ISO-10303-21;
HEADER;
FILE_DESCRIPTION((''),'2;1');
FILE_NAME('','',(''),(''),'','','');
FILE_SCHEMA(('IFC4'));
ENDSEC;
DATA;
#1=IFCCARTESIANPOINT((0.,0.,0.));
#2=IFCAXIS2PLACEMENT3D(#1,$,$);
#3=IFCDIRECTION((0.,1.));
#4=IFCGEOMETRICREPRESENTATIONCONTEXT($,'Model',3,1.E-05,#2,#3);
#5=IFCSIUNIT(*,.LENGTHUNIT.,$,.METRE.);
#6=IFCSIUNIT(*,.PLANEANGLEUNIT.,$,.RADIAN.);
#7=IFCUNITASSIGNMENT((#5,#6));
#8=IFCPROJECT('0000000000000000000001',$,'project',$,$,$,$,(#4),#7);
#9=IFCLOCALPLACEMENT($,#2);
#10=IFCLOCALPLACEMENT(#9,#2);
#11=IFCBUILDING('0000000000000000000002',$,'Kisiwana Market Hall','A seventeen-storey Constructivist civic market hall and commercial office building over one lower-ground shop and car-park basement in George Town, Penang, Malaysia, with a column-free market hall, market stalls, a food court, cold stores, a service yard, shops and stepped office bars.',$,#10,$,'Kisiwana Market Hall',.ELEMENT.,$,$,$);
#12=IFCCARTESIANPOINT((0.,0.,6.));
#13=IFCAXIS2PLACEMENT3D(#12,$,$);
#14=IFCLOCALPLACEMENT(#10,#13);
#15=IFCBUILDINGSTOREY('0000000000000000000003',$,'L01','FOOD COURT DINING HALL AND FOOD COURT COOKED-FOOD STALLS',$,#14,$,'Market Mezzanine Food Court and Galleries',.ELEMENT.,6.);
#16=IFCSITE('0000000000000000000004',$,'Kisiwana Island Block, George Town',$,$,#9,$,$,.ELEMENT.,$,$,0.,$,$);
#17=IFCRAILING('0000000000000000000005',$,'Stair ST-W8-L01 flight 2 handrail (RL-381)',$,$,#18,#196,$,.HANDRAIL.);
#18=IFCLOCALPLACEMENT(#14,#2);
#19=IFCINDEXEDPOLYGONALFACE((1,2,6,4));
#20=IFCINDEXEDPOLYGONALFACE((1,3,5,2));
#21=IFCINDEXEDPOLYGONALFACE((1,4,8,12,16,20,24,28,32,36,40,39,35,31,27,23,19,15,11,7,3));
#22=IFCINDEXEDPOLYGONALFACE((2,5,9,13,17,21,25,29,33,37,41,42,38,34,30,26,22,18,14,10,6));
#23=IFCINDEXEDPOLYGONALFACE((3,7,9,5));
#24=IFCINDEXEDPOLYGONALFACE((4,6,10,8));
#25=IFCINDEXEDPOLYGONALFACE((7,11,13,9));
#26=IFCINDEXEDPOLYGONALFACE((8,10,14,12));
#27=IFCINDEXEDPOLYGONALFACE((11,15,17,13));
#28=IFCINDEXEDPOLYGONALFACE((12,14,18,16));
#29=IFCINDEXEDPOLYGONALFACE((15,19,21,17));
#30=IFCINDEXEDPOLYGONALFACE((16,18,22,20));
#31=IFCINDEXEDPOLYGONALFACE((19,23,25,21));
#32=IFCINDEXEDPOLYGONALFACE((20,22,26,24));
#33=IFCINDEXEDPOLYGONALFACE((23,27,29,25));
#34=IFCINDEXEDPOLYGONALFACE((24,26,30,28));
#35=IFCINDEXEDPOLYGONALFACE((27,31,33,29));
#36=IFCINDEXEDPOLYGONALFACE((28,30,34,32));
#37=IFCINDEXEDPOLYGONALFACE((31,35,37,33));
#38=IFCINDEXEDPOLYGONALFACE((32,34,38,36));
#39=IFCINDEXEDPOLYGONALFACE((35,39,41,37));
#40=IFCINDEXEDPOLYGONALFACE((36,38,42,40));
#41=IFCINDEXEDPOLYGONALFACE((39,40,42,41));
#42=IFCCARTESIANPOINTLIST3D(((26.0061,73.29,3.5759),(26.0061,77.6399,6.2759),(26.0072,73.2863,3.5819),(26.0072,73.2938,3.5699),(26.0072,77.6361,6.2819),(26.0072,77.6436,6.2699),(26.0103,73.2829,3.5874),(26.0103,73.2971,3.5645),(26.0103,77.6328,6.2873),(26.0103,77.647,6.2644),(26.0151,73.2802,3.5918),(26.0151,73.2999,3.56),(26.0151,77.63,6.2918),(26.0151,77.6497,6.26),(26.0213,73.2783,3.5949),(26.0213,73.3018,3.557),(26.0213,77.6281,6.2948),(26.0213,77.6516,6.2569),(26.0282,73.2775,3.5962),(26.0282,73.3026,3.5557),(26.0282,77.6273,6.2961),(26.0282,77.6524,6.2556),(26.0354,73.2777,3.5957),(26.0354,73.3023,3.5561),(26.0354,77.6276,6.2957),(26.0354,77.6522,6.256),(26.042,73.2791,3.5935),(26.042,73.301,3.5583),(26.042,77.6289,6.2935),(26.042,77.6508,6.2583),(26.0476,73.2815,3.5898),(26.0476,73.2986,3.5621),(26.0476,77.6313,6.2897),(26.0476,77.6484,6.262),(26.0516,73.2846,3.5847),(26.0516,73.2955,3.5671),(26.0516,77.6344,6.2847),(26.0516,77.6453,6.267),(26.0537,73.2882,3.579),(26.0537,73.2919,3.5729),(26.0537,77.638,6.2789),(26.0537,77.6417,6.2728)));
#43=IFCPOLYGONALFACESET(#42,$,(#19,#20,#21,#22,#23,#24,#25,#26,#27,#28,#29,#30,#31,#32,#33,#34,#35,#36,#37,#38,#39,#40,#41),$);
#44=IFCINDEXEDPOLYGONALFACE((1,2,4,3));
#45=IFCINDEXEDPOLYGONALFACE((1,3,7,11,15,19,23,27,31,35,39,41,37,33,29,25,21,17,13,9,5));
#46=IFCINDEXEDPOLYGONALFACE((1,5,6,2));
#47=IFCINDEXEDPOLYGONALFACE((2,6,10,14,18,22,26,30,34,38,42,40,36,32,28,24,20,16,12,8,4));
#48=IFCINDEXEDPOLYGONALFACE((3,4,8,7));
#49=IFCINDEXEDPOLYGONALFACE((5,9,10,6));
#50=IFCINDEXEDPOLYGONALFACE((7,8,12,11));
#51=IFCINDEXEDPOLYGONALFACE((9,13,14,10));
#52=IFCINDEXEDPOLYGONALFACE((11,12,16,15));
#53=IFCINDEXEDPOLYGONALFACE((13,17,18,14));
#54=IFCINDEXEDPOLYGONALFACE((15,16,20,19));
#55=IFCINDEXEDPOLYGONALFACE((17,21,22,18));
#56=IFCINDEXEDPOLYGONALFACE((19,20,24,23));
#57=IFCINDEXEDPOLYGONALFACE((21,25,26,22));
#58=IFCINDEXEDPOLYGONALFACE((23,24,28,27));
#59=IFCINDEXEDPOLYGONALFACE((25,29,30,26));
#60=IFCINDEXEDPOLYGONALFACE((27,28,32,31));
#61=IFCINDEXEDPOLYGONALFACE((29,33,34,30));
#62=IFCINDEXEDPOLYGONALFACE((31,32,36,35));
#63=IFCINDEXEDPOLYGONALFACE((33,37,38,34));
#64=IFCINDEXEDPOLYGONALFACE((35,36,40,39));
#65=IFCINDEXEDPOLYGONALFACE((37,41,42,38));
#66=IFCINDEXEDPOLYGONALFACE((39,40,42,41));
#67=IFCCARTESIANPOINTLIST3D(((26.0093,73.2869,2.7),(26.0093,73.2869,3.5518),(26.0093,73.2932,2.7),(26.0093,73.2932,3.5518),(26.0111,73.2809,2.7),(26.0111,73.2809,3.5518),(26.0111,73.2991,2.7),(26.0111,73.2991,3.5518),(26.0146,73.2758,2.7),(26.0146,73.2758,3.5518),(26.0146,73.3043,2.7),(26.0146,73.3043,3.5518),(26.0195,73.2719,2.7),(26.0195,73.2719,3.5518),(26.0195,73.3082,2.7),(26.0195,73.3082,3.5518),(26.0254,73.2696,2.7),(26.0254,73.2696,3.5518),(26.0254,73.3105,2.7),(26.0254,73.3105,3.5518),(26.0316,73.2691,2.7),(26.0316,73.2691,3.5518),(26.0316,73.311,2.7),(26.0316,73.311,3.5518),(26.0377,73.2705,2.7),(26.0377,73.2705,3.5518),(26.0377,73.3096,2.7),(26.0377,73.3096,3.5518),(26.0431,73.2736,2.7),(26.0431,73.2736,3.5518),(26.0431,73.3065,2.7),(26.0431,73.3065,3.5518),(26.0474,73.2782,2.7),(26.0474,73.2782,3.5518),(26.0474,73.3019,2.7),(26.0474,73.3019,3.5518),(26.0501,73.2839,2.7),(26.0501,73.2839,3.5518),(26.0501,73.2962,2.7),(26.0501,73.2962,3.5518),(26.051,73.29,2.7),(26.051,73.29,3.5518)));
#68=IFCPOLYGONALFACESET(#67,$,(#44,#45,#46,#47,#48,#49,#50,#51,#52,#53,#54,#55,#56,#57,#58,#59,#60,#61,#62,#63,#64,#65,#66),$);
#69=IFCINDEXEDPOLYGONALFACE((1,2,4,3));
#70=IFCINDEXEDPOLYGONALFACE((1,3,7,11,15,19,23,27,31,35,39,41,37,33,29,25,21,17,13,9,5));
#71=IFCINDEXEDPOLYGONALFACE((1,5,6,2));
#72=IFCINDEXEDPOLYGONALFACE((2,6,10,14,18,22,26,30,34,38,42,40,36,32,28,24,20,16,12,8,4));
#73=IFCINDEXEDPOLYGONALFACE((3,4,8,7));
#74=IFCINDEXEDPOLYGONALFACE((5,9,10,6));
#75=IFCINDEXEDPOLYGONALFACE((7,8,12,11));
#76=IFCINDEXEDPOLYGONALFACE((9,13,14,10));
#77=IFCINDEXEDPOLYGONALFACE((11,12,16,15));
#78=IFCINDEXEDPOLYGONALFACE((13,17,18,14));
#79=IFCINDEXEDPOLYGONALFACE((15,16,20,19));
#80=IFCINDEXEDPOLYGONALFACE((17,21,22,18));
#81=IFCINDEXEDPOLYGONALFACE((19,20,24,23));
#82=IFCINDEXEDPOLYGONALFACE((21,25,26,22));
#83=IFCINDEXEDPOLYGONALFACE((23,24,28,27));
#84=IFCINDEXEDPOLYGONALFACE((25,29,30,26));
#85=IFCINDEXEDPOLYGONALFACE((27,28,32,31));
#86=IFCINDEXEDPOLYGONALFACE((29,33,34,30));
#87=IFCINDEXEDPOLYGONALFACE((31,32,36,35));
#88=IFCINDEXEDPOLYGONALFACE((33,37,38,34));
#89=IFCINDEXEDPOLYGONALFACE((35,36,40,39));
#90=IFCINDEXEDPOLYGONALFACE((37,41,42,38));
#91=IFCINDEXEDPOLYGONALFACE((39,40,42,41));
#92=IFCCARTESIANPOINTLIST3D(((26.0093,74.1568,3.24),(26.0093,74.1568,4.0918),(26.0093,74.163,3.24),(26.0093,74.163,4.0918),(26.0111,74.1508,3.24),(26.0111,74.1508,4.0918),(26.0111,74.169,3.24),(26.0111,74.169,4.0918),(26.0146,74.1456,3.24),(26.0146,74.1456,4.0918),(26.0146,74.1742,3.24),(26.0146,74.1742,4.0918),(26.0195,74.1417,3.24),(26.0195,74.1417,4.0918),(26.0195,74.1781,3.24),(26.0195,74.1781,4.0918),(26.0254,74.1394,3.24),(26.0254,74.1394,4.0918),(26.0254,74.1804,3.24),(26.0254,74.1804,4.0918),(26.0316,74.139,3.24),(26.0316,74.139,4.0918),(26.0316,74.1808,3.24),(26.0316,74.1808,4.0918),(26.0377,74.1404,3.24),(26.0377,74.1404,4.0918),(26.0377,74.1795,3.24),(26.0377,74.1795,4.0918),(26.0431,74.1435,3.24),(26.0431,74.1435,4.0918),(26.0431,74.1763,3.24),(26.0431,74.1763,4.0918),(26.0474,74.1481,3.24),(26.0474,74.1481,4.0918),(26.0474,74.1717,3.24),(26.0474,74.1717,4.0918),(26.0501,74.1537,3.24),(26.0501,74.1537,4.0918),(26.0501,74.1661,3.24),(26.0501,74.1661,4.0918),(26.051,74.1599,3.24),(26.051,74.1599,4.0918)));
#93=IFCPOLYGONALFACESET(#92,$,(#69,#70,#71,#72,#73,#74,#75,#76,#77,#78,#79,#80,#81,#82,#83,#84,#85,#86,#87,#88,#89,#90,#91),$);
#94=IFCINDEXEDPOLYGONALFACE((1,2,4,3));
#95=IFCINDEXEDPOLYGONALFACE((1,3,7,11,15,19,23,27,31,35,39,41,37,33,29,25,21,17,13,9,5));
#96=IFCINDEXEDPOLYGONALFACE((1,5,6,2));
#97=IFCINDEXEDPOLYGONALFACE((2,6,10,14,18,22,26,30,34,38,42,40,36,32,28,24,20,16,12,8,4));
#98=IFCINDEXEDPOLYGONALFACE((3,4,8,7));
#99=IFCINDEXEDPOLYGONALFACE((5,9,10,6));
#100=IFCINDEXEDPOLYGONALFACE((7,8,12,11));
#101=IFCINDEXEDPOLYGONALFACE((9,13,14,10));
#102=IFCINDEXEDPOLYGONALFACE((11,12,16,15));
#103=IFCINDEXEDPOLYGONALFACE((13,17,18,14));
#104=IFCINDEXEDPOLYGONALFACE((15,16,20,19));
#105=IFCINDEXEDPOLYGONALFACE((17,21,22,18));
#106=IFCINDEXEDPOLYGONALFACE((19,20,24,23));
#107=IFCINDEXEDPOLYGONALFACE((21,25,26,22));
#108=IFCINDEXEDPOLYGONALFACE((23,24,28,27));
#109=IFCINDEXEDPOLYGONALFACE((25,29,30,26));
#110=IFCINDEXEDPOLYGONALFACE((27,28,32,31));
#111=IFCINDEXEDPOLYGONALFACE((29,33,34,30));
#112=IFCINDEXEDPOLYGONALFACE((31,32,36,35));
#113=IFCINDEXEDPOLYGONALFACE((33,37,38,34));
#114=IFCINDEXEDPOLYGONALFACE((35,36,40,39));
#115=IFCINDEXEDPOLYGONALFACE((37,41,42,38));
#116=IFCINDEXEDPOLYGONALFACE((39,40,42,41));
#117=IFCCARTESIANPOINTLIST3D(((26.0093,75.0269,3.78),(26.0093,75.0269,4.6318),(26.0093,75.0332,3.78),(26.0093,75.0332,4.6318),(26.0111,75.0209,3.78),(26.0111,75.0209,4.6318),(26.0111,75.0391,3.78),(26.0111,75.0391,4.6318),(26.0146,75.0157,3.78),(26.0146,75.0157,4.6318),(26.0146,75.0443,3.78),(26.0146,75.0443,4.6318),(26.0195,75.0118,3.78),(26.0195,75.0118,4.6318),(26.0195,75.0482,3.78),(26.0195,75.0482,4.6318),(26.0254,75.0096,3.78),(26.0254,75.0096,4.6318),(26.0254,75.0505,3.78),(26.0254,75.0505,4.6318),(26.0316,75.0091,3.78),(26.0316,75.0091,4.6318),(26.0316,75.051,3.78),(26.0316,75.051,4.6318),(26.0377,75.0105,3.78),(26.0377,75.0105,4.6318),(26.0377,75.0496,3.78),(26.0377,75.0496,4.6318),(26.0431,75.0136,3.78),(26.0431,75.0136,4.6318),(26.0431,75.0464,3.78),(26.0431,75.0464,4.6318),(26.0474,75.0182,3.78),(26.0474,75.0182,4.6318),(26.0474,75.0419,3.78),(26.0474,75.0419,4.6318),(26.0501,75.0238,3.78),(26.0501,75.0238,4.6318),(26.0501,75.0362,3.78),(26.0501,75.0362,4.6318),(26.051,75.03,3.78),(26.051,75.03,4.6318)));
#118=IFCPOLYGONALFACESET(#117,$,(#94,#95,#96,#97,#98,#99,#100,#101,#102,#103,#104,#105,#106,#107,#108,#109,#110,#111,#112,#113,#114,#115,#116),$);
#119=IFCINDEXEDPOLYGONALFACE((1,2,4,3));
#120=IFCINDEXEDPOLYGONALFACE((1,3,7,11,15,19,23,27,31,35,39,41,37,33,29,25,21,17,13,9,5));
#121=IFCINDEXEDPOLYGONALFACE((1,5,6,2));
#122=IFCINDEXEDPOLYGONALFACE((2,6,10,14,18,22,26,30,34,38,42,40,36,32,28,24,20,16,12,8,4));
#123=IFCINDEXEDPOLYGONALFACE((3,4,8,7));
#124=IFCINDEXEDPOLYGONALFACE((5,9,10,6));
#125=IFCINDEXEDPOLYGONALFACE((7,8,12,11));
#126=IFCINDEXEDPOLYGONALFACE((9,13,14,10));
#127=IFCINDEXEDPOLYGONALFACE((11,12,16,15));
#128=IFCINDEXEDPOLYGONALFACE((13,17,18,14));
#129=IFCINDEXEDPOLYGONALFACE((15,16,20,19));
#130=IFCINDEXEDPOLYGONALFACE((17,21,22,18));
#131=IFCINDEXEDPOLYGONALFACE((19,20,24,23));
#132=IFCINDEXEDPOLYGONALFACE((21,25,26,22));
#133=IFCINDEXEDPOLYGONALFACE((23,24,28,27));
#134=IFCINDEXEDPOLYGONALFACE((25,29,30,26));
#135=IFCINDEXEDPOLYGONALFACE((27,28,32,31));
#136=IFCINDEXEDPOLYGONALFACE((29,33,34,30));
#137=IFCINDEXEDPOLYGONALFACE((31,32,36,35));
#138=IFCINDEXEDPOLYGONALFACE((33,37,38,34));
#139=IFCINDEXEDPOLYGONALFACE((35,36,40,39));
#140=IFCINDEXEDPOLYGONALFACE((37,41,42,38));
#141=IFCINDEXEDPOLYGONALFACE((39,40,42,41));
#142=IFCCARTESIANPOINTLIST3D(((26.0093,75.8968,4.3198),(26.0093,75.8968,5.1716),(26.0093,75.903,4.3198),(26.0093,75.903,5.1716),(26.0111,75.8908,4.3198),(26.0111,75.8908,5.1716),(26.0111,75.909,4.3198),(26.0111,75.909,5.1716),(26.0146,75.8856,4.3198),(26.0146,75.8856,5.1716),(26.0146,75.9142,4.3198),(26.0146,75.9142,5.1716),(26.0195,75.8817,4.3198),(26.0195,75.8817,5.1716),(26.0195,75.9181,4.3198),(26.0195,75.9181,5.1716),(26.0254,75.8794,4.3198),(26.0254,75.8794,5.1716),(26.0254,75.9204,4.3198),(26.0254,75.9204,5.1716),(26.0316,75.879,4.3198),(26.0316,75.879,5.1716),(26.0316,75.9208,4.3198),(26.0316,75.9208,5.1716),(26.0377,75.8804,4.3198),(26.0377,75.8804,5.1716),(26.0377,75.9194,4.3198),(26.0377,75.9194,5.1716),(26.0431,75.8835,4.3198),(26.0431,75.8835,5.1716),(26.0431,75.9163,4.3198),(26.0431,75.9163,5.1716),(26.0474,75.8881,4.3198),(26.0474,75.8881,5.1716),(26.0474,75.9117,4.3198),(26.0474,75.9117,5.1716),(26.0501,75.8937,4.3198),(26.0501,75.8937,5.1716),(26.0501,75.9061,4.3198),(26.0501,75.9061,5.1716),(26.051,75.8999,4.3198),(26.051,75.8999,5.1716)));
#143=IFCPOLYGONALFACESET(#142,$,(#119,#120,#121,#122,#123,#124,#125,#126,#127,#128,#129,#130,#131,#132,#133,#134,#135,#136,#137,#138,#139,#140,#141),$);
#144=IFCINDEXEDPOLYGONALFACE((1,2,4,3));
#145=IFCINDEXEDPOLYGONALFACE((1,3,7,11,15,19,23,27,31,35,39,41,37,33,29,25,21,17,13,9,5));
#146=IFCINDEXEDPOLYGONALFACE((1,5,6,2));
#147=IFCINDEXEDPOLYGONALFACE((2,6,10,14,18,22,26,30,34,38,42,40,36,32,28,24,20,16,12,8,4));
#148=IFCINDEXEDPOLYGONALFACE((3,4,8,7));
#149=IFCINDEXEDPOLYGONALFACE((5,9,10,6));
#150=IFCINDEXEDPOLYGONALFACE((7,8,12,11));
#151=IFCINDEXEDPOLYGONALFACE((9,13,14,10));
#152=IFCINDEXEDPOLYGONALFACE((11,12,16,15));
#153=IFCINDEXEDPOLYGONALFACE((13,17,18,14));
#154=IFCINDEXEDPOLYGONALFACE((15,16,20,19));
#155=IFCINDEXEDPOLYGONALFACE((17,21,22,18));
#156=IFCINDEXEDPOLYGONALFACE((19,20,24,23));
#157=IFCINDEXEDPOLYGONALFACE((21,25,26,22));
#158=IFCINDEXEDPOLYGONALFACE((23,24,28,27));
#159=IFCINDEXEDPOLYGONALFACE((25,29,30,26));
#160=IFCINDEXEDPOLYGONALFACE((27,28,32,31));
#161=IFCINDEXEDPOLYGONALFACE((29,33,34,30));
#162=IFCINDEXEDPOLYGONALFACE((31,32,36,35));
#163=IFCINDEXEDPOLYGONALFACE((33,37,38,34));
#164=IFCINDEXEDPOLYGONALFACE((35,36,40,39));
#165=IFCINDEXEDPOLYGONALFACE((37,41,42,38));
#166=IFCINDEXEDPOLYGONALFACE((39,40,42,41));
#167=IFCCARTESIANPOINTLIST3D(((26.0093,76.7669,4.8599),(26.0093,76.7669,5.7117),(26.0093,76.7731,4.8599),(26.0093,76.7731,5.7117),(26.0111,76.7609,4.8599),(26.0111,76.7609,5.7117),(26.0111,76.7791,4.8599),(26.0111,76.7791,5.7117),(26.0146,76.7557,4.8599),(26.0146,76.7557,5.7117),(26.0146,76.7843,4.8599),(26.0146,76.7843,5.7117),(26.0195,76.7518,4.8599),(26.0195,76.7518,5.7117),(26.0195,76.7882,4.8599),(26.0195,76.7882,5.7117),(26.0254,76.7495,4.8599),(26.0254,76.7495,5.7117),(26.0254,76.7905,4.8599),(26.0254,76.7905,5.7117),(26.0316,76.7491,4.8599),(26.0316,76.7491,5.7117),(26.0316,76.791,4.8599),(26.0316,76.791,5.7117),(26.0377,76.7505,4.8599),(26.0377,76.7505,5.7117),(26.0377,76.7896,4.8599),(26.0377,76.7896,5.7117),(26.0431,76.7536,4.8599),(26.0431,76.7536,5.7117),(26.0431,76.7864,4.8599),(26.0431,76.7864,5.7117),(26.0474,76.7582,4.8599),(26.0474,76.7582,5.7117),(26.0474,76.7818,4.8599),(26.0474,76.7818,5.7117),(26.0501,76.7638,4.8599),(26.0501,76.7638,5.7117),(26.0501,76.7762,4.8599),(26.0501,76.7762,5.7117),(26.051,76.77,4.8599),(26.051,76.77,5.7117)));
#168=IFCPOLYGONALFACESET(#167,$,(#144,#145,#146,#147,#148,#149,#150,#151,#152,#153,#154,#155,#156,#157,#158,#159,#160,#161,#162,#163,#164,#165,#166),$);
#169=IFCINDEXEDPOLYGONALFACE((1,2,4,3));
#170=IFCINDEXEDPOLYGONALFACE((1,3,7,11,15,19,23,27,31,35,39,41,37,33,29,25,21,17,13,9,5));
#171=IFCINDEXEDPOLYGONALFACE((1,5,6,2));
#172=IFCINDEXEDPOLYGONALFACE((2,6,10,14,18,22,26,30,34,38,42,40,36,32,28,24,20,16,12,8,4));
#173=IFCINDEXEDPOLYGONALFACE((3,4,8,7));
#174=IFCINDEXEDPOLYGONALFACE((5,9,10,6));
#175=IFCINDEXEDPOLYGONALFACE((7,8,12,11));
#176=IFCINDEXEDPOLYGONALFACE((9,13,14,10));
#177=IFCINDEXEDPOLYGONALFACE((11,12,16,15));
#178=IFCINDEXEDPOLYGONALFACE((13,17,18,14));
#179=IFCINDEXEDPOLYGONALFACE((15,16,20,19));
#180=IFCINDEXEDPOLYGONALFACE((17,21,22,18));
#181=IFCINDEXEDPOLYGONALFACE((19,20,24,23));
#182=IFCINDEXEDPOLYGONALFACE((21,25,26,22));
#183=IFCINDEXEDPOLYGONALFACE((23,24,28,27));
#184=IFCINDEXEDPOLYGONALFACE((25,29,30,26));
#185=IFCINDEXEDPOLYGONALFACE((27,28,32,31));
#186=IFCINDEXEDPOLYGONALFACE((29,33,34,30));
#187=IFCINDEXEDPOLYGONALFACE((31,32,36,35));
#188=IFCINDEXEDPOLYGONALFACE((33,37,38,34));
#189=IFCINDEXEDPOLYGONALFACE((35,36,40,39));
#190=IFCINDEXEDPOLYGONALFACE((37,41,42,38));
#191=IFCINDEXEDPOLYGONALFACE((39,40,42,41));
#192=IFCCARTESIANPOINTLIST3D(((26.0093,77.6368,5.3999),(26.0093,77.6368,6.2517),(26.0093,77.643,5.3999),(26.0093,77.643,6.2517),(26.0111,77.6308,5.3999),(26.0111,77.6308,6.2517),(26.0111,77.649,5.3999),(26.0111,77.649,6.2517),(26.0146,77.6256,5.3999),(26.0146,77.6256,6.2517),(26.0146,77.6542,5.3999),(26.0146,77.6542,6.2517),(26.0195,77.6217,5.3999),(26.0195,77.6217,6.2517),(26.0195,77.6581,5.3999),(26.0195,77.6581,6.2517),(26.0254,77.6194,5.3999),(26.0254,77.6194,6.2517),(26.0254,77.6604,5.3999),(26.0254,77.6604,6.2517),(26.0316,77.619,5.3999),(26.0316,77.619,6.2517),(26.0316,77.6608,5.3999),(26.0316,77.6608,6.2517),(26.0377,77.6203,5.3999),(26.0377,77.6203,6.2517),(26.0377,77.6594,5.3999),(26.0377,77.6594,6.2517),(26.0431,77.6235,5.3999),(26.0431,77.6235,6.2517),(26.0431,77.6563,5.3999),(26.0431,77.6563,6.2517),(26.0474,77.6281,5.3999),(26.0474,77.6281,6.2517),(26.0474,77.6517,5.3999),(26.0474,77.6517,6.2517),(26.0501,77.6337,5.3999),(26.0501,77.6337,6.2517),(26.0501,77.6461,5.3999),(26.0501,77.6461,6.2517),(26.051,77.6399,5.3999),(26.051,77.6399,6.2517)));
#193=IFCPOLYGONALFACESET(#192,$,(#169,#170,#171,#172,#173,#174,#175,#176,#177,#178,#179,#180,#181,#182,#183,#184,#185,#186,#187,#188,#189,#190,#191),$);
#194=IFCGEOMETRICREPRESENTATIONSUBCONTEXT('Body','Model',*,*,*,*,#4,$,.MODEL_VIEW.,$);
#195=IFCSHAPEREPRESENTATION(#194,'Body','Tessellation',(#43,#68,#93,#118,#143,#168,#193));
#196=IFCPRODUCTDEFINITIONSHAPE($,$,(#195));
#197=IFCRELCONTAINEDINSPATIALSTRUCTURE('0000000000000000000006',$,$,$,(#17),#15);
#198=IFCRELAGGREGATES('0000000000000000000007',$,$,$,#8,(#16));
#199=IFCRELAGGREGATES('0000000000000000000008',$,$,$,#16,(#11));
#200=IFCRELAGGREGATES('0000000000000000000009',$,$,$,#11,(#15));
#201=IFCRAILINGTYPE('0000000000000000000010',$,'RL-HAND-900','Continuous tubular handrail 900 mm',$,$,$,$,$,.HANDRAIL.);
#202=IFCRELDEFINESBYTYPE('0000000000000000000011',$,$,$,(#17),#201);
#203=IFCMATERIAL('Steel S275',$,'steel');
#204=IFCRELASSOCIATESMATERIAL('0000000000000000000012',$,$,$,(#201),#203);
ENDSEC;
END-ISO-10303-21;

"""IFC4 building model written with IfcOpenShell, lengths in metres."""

from ifc_helpers import new_model, si_unit, direction, frame, origin, origin_2d, place, context, subcontext, project, spatial, circle, extrude, material, type_object, element, save


model = new_model("IFC4")

# Units and contexts
model_context = context("Model", 3, precision=1e-05, world=origin(), true_north=direction((0.0, 1.0)))
body_context = subcontext(model_context, "Body", "Model", "MODEL_VIEW")
ifc_project = project(units=[si_unit("LENGTHUNIT", "METRE"), si_unit("PLANEANGLEUNIT", "RADIAN")], contexts=[model_context])

# Site, building, storey
site_placement = place(None, origin())
site = spatial("IfcSite", under=ifc_project, at=site_placement, Name="Kisiwana Island Block, George Town", CompositionType="ELEMENT", RefElevation=0.0)
building_placement = place(site_placement, origin())
building = spatial("IfcBuilding", under=site, at=building_placement, Name="Kisiwana Market Hall", Description="A seventeen-storey Constructivist civic market hall and commercial office building over one lower-ground shop and car-park basement in George Town, Penang, Malaysia, with a column-free market hall, market stalls, a food court, cold stores, a service yard, shops and stepped office bars.", LongName="Kisiwana Market Hall", CompositionType="ELEMENT")
storey_placement = place(building_placement, frame((0.0, 0.0, 6.0)))
storey = spatial("IfcBuildingStorey", under=building, at=storey_placement, Name="L01", Description="FOOD COURT DINING HALL AND FOOD COURT COOKED-FOOD STALLS", LongName="Market Mezzanine Food Court and Galleries", CompositionType="ELEMENT", Elevation=6.0)

# Railing
ifc_material_1 = material(Name="Steel S275", Category="steel")
railing_type_1 = type_object("IfcRailingType", Name="RL-HAND-900", Description="Continuous tubular handrail 900 mm", PredefinedType="HANDRAIL", material=ifc_material_1)
railing_1_placement = place(storey_placement, frame((26.03, 73.29, 2.7)))
element("IfcRailing", 1, at=railing_1_placement, inside=storey, type_object=railing_type_1, Name="Stair ST-W8-L01 flight 2 handrail (RL-381)", PredefinedType="HANDRAIL", context=body_context, shape_type="SweptSolid", body=[
    extrude(circle(Radius=0.0239, at=origin_2d()), frame((0.0, 0.0, 0.876), z_axis=(0.0, 0.849636, 0.527369), x_axis=(-1.0, 0.0, 0.0)), (0.0, 0.0, 1.0), 5.1196),
    extrude(circle(Radius=0.021, at=origin_2d()), origin(), (0.0, 0.0, 1.0), 0.8518),
    extrude(circle(Radius=0.021, at=origin_2d()), frame((0.0, 0.8699, 0.54)), (0.0, 0.0, 1.0), 0.8518),
    extrude(circle(Radius=0.021, at=origin_2d()), frame((0.0, 1.74, 1.0801)), (0.0, 0.0, 1.0), 0.8518),
    extrude(circle(Radius=0.021, at=origin_2d()), frame((0.0, 2.6099, 1.6199)), (0.0, 0.0, 1.0), 0.8518),
    extrude(circle(Radius=0.021, at=origin_2d()), frame((0.0, 3.48, 2.1599)), (0.0, 0.0, 1.0), 0.8518),
    extrude(circle(Radius=0.021, at=origin_2d()), frame((0.0, 4.3499, 2.7)), (0.0, 0.0, 1.0), 0.8518),
])

save(model, "model.ifc")
